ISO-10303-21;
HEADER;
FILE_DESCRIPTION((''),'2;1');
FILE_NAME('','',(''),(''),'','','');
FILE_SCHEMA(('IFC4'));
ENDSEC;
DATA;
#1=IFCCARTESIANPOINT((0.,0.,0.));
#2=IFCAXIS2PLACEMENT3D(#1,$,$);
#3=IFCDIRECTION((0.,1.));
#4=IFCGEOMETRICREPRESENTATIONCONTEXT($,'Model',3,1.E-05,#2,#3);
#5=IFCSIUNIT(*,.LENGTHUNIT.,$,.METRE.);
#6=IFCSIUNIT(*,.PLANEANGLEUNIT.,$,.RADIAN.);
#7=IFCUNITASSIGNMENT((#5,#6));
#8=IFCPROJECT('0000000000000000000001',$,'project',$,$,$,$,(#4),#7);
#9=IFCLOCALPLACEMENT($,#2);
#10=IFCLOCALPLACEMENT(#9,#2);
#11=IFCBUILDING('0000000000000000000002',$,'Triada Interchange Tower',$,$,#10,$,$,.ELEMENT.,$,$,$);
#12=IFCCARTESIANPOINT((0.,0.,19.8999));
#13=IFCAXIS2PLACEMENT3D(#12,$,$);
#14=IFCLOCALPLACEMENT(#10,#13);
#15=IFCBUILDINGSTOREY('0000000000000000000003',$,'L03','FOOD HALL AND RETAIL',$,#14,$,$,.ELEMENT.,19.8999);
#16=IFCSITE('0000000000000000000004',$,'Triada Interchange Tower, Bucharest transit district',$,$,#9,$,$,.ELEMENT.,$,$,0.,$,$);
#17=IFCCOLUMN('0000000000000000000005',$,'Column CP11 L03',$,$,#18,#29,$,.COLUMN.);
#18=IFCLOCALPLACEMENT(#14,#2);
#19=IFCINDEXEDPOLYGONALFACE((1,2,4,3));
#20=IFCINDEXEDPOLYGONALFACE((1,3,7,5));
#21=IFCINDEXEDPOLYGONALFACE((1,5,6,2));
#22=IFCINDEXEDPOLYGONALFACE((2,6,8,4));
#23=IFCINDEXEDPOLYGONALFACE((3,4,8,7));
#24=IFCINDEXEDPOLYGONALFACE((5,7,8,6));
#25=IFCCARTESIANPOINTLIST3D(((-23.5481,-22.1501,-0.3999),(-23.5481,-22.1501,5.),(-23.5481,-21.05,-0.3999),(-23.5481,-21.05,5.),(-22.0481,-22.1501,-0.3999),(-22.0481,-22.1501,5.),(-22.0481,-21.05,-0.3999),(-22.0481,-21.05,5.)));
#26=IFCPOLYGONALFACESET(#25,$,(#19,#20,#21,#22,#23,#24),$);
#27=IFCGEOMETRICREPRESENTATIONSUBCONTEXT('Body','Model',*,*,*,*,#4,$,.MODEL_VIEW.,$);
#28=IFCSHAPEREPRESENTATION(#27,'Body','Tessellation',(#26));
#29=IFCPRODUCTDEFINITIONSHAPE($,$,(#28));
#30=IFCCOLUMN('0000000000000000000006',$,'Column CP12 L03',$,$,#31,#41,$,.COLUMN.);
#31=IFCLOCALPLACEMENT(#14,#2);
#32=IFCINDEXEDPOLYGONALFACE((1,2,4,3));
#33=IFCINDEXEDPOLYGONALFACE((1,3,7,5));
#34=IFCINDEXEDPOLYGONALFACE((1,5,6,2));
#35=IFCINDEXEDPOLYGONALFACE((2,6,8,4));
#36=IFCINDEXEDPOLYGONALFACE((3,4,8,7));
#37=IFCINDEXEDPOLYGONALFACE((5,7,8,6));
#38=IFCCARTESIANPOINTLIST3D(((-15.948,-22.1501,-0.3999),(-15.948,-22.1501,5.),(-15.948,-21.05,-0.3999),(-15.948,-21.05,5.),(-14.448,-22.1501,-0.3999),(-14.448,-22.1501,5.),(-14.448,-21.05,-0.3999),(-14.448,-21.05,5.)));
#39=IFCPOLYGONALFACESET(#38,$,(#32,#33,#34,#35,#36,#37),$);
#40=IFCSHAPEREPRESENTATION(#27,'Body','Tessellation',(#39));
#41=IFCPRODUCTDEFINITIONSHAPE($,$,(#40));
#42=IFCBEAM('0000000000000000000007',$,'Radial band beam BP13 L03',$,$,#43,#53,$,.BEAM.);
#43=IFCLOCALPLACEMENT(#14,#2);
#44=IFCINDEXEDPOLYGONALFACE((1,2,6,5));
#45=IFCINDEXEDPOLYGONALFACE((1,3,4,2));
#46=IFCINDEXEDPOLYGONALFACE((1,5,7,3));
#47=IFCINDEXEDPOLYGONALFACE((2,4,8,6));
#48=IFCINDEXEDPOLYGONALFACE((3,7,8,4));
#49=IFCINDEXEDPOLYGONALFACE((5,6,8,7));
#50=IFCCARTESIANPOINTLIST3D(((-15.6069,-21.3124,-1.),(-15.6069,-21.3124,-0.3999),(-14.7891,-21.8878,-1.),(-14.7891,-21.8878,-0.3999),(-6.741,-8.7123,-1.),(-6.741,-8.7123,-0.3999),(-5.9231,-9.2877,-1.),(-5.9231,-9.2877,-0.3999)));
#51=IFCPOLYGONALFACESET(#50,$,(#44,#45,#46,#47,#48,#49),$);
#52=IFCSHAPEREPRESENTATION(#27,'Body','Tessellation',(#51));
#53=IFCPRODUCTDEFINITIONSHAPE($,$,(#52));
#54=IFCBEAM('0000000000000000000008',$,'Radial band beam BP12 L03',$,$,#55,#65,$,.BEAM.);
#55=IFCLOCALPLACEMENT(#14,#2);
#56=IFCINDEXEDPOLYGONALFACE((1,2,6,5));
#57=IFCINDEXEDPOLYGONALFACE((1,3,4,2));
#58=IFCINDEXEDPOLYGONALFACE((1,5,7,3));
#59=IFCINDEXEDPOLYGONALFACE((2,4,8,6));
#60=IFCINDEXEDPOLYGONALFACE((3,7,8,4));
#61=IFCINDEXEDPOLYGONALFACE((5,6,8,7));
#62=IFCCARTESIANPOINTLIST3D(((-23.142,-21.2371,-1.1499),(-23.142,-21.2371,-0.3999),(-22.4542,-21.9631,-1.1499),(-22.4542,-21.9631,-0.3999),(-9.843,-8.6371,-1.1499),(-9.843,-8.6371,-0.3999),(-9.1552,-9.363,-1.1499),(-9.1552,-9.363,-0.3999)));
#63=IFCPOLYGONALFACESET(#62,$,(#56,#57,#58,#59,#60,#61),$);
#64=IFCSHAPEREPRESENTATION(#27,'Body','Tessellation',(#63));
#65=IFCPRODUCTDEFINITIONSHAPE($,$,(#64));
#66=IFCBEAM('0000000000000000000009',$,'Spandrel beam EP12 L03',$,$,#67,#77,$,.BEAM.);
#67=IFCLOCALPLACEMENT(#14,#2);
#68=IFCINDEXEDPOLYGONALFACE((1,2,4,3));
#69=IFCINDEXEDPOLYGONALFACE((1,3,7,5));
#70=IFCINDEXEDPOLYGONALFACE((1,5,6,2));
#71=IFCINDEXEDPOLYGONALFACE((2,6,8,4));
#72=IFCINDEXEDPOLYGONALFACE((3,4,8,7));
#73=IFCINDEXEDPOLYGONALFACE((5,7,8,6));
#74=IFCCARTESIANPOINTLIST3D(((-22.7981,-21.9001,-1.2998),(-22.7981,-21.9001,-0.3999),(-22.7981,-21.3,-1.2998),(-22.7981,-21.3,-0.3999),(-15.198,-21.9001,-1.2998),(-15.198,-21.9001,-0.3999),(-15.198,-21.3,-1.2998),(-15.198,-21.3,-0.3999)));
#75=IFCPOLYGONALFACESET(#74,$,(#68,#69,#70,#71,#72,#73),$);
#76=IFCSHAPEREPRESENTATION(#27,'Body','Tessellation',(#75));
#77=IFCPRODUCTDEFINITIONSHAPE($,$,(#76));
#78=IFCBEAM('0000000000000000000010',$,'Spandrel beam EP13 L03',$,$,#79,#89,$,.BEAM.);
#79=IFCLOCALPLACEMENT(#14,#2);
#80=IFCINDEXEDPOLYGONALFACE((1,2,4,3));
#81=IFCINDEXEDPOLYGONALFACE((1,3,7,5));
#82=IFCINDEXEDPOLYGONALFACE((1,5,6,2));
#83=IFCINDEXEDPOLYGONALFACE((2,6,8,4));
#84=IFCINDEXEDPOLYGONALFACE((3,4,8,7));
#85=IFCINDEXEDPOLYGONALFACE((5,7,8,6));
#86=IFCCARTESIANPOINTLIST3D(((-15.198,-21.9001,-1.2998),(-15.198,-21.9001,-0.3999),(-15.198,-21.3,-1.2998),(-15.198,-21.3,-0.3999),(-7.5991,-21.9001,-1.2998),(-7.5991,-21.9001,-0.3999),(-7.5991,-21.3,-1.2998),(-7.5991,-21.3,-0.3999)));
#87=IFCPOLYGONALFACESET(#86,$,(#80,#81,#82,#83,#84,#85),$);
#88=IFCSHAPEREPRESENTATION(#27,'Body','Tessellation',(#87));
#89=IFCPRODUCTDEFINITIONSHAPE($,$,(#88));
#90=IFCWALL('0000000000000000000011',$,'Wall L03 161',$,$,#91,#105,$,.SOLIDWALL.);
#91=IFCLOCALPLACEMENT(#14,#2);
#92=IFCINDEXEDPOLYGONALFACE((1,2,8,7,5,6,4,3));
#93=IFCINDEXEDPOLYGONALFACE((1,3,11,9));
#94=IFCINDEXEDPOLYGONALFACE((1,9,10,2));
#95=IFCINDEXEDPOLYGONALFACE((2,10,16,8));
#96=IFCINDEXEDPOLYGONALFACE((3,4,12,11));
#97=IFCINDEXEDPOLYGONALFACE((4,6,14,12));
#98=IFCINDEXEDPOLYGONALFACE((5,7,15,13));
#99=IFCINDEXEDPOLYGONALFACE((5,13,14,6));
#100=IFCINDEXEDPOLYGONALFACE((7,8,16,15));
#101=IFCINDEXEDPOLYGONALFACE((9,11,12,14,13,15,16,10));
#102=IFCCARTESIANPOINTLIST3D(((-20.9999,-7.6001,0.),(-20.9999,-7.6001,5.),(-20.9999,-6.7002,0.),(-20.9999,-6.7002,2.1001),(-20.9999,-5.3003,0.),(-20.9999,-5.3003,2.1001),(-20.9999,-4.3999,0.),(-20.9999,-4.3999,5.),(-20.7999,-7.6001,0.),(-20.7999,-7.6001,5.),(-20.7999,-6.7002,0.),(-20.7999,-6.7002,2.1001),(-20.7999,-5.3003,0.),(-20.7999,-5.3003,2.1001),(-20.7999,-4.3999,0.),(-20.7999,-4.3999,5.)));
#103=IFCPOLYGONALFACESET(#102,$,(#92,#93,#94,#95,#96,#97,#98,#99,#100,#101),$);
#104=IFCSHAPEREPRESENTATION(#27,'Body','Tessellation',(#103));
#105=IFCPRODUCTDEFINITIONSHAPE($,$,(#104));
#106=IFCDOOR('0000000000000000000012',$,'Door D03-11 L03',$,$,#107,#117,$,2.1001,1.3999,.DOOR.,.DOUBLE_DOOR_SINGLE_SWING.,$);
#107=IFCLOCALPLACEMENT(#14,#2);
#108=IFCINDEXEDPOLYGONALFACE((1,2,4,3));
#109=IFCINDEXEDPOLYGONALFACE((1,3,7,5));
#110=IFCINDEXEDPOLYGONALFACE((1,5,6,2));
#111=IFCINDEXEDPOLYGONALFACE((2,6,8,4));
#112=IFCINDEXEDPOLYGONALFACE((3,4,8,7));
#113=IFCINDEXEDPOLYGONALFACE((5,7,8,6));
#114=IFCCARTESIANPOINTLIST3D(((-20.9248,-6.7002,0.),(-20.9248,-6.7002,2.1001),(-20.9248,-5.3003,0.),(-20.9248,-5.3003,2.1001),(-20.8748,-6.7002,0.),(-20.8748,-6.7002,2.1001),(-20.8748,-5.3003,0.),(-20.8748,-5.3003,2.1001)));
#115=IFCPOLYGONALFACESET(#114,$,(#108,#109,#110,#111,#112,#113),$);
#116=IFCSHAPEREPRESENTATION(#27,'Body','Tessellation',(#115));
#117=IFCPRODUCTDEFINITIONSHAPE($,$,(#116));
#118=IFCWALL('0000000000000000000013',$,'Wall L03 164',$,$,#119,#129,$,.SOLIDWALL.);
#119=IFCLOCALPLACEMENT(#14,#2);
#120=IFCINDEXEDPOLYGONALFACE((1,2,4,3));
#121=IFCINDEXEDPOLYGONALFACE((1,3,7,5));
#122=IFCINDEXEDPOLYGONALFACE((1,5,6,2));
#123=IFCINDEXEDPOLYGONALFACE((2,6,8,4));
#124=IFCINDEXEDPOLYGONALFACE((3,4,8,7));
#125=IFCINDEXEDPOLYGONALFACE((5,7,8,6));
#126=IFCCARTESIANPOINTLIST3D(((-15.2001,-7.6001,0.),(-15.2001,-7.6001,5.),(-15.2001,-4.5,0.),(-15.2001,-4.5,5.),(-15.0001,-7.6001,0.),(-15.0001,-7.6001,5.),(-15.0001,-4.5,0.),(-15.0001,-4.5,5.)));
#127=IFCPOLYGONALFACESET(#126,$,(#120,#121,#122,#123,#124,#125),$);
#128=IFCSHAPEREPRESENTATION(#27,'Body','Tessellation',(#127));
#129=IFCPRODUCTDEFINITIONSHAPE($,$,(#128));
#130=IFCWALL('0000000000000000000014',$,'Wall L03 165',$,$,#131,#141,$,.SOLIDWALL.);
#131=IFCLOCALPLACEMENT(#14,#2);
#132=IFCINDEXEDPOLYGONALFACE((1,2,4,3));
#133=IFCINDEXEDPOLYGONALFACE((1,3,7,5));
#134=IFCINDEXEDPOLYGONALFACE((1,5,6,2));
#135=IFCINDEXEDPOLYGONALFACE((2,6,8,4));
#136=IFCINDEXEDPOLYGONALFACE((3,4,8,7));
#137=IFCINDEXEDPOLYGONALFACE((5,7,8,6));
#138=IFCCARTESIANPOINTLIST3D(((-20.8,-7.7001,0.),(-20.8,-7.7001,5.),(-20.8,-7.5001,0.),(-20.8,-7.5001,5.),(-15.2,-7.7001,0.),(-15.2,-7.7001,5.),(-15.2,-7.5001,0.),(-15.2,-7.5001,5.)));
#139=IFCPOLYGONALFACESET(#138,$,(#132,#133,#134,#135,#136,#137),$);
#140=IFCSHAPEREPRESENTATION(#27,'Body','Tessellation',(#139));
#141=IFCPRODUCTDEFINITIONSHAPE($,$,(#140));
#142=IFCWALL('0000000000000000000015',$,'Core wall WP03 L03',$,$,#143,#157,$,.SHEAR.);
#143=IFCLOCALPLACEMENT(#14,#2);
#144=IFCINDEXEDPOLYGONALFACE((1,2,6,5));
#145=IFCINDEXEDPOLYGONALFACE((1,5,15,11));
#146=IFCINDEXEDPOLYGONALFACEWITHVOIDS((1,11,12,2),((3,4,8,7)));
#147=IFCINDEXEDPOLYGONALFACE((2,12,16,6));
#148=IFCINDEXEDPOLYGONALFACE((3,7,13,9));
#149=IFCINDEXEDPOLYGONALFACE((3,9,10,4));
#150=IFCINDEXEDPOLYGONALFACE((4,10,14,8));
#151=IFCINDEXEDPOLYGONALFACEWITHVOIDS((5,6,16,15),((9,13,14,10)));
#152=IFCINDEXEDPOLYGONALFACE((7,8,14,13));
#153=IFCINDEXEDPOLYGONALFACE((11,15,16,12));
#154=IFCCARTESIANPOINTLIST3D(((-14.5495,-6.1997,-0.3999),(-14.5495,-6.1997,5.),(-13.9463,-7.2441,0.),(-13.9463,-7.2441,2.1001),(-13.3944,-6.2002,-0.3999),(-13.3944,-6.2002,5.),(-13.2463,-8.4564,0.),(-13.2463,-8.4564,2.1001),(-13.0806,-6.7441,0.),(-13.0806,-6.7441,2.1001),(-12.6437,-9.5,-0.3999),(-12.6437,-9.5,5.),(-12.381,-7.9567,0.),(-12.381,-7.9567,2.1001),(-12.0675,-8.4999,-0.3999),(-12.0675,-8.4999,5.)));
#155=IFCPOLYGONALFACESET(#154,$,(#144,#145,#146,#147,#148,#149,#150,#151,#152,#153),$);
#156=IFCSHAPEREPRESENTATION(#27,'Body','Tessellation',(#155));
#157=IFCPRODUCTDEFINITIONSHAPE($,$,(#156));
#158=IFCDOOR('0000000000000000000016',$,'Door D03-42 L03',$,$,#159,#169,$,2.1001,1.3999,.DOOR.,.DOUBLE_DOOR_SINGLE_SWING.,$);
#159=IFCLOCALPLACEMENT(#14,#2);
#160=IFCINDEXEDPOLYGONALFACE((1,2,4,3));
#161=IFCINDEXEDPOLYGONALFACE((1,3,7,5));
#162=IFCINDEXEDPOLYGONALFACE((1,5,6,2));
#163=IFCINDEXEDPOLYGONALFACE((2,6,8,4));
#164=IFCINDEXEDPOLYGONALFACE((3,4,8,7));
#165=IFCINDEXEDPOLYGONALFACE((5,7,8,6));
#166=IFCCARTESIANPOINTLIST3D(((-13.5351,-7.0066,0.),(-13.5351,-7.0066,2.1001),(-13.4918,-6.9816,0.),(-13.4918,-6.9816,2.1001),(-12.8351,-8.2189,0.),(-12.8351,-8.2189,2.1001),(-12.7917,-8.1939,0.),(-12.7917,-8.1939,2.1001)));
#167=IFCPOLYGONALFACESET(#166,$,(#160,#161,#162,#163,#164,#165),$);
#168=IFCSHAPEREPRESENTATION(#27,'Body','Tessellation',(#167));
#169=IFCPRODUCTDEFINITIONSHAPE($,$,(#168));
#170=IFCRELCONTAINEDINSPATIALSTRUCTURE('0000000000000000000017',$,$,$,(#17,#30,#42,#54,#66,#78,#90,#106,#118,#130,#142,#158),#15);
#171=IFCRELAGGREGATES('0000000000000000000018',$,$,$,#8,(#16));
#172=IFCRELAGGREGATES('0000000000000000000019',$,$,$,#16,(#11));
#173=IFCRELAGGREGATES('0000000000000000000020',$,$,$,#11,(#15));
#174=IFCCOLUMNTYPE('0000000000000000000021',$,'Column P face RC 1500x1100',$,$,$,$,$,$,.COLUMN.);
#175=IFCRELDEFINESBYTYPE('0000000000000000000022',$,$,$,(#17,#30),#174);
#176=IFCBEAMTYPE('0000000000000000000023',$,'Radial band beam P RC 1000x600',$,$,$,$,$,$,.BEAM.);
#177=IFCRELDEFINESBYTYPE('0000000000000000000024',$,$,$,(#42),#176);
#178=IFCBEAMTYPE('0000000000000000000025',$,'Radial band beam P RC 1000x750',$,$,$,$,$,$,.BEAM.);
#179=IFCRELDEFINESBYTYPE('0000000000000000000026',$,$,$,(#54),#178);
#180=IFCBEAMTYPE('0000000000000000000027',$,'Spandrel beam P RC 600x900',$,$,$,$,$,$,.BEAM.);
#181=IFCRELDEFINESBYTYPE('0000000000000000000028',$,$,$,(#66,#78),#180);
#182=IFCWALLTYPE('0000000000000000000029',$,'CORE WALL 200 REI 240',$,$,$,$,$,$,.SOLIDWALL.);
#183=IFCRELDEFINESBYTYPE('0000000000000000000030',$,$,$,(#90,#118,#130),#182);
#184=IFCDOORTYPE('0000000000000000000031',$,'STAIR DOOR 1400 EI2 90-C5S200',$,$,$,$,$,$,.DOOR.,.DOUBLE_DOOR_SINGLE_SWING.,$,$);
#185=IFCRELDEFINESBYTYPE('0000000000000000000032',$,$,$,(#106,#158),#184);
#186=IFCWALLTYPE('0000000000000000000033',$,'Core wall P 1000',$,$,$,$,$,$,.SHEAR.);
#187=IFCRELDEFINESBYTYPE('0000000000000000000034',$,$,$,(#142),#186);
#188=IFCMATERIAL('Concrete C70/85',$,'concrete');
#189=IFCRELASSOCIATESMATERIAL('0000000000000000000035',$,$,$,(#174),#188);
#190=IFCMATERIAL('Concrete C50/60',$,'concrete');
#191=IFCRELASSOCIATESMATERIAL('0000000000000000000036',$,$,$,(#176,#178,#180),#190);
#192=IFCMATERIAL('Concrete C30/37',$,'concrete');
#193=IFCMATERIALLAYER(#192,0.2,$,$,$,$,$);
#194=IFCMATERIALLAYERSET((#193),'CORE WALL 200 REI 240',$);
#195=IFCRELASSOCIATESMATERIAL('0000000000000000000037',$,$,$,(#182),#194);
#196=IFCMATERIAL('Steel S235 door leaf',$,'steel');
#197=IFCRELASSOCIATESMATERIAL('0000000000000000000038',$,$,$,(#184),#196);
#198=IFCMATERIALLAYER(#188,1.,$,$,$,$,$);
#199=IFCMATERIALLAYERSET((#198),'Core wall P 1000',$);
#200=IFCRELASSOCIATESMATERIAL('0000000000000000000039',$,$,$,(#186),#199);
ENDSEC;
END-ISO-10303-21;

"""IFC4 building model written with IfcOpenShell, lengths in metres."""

from ifc_helpers import new_model, si_unit, direction, frame, frame_2d, origin, origin_2d, place, context, subcontext, project, spatial, polyline, rectangle, outline, extrude, material, layer, layer_set, material_profile, profile_set, type_object, element, fill, save


model = new_model("IFC4")

# Units and contexts
model_context = context("Model", 3, precision=1e-05, world=origin(), true_north=direction((0.0, 1.0)))
body_context = subcontext(model_context, "Body", "Model", "MODEL_VIEW")
ifc_project = project(units=[si_unit("LENGTHUNIT", "METRE"), si_unit("PLANEANGLEUNIT", "RADIAN")], contexts=[model_context])

# Site, building, storey
site_placement = place(None, origin())
site = spatial("IfcSite", under=ifc_project, at=site_placement, Name="Triada Interchange Tower, Bucharest transit district", CompositionType="ELEMENT", RefElevation=0.0)
building_placement = place(site_placement, origin())
building = spatial("IfcBuilding", under=site, at=building_placement, Name="Triada Interchange Tower", CompositionType="ELEMENT")
storey_placement = place(building_placement, frame((0.0, 0.0, 19.8999)))
storey = spatial("IfcBuildingStorey", under=building, at=storey_placement, Name="L03", Description="FOOD HALL AND RETAIL", CompositionType="ELEMENT", Elevation=19.8999)

# Columns
ifc_material_1 = material(Name="Concrete C70/85", Category="concrete")
ifc_material_profile_1 = material_profile(ifc_material_1, rectangle(XDim=1.5, YDim=1.1001, at=origin_2d()), Name="RC 1500x1100")
ifc_profile_set_1 = profile_set([ifc_material_profile_1], Name="Concrete C70/85")
column_type = type_object("IfcColumnType", Name="Column P face RC 1500x1100", PredefinedType="COLUMN", material=ifc_profile_set_1)
for number, where, z_axis, x_axis, name in (
    (1, (-22.7981, -21.6001, -0.3999), (0.0, 0.0, 1.0), (1.0, 0.0, 0.0), "Column CP11 L03"),
    (2, (-15.198, -21.6001, -0.3999), (0.0, 0.0, 1.0), (1.0, 0.0, 0.0), "Column CP12 L03"),
):
    element("IfcColumn", number, at=place(storey_placement, frame(where, z_axis=z_axis, x_axis=x_axis)), inside=storey, type_object=column_type, Name=name, PredefinedType="COLUMN", context=body_context, shape_type="SweptSolid", body=[
        extrude(rectangle(XDim=1.5, YDim=1.1001, at=origin_2d()), origin(), (0.0, 0.0, 1.0), 5.3999),
    ])

# Beams
ifc_material_2 = material(Name="Concrete C50/60", Category="concrete")
ifc_material_profile_2 = material_profile(ifc_material_2, rectangle(XDim=1.0, YDim=0.6001, at=origin_2d()), Name="RC 1000x600")
ifc_profile_set_2 = profile_set([ifc_material_profile_2], Name="Concrete C50/60")
beam_type_1 = type_object("IfcBeamType", Name="Radial band beam P RC 1000x600", PredefinedType="BEAM", material=ifc_profile_set_2)
beam_1_placement = place(storey_placement, frame((-15.198, -21.6001, -0.7), z_axis=(0.57546, 0.81783, 0.0), x_axis=(-0.81783, 0.57546, 0.0)))
element("IfcBeam", 3, at=beam_1_placement, inside=storey, type_object=beam_type_1, Name="Radial band beam BP13 L03", PredefinedType="BEAM", context=body_context, shape_type="SweptSolid", body=[
    extrude(rectangle(XDim=1.0, YDim=0.6001, at=origin_2d()), origin(), (0.0, 0.0, 1.0), 15.4067),
])
ifc_material_profile_3 = material_profile(ifc_material_2, rectangle(XDim=1.0, YDim=0.75, at=origin_2d()), Name="RC 1000x750")
ifc_profile_set_3 = profile_set([ifc_material_profile_3], Name="Concrete C50/60")
beam_type_2 = type_object("IfcBeamType", Name="Radial band beam P RC 1000x750", PredefinedType="BEAM", material=ifc_profile_set_3)
beam_2_placement = place(storey_placement, frame((-22.7981, -21.6001, -0.7749), z_axis=(0.725926, 0.687773, 0.0), x_axis=(-0.687773, 0.725926, 0.0)))
element("IfcBeam", 4, at=beam_2_placement, inside=storey, type_object=beam_type_2, Name="Radial band beam BP12 L03", PredefinedType="BEAM", context=body_context, shape_type="SweptSolid", body=[
    extrude(rectangle(XDim=1.0, YDim=0.75, at=origin_2d()), origin(), (0.0, 0.0, 1.0), 18.3201),
])
ifc_material_profile_4 = material_profile(ifc_material_2, rectangle(XDim=0.6001, YDim=0.8999, at=origin_2d()), Name="RC 600x900")
ifc_profile_set_4 = profile_set([ifc_material_profile_4], Name="Concrete C50/60")
beam_type_3 = type_object("IfcBeamType", Name="Spandrel beam P RC 600x900", PredefinedType="BEAM", material=ifc_profile_set_4)
beam_3_placement = place(storey_placement, frame((-22.7981, -21.6001, -0.8499), z_axis=(1.0, 0.0, 0.0), x_axis=(0.0, 1.0, 0.0)))
element("IfcBeam", 5, at=beam_3_placement, inside=storey, type_object=beam_type_3, Name="Spandrel beam EP12 L03", PredefinedType="BEAM", context=body_context, shape_type="SweptSolid", body=[
    extrude(rectangle(XDim=0.6001, YDim=0.8999, at=origin_2d()), origin(), (0.0, 0.0, 1.0), 7.6001),
])
beam_4_placement = place(storey_placement, frame((-15.198, -21.6001, -0.8499), z_axis=(1.0, 0.0, 0.0), x_axis=(0.0, 1.0, 0.0)))
element("IfcBeam", 6, at=beam_4_placement, inside=storey, type_object=beam_type_3, Name="Spandrel beam EP13 L03", PredefinedType="BEAM", context=body_context, shape_type="SweptSolid", body=[
    extrude(rectangle(XDim=0.6001, YDim=0.8999, at=origin_2d()), origin(), (0.0, 0.0, 1.0), 7.5989),
])

# Wall, opening, door
ifc_material_3 = material(Name="Concrete C30/37", Category="concrete")
ifc_layer_1 = layer(ifc_material_3, 0.2)
ifc_layer_set_1 = layer_set([ifc_layer_1], Name="CORE WALL 200 REI 240")
wall_type_1 = type_object("IfcWallType", Name="CORE WALL 200 REI 240", PredefinedType="SOLIDWALL", material=ifc_layer_set_1)
wall_1_placement = place(storey_placement, frame((-20.8999, -7.6001, 0.0), z_axis=(0.0, 0.0, 1.0), x_axis=(0.0, 1.0, 0.0)))
wall_1 = element("IfcWall", 7, at=wall_1_placement, inside=storey, type_object=wall_type_1, Name="Wall L03 161", PredefinedType="SOLIDWALL", context=body_context, shape_type="SweptSolid", body=[
    extrude(rectangle(XDim=3.2002, YDim=0.2, at=frame_2d((1.6001, 0.0))), origin(), (0.0, 0.0, 1.0), 5.0),
])
opening_1_placement = place(wall_1_placement, frame((0.8999, 0.0, 0.0)))
opening_1 = element("IfcOpeningElement", 8, at=opening_1_placement, cuts=wall_1, PredefinedType="OPENING", context=body_context, shape_type="SweptSolid", body=[
    extrude(rectangle(XDim=1.3999, YDim=2.1001, at=frame_2d((0.7, 1.05))), frame((0.0, 0.1099, 0.0), z_axis=(0.0, -1.0, 0.0), x_axis=(1.0, 0.0, 0.0)), (0.0, 0.0, 1.0), 0.22),
])
ifc_material_4 = material(Name="Steel S235 door leaf", Category="steel")
door_type = type_object("IfcDoorType", Name="STAIR DOOR 1400 EI2 90-C5S200", OperationType="DOUBLE_DOOR_SINGLE_SWING", PredefinedType="DOOR", material=ifc_material_4)
door_1_placement = place(opening_1_placement, origin())
door_1 = element("IfcDoor", 9, at=door_1_placement, inside=storey, type_object=door_type, Name="Door D03-11 L03", OperationType="DOUBLE_DOOR_SINGLE_SWING", OverallHeight=2.1001, OverallWidth=1.3999, PredefinedType="DOOR", context=body_context, shape_type="SweptSolid", body=[
    extrude(rectangle(XDim=1.3999, YDim=2.1001, at=frame_2d((0.7, 1.05))), frame((0.0, 0.0249, 0.0), z_axis=(0.0, -1.0, 0.0), x_axis=(1.0, 0.0, 0.0)), (0.0, 0.0, 1.0), 0.05),
])
fill(opening_1, door_1)

# Walls
wall_2_placement = place(storey_placement, frame((-15.1001, -7.6001, 0.0), z_axis=(0.0, 0.0, 1.0), x_axis=(0.0, 1.0, 0.0)))
element("IfcWall", 10, at=wall_2_placement, inside=storey, type_object=wall_type_1, Name="Wall L03 164", PredefinedType="SOLIDWALL", context=body_context, shape_type="SweptSolid", body=[
    extrude(rectangle(XDim=3.1001, YDim=0.2, at=frame_2d((1.55, 0.0))), origin(), (0.0, 0.0, 1.0), 5.0),
])
wall_3_placement = place(storey_placement, frame((-20.8, -7.6001, 0.0), z_axis=(0.0, 0.0, 1.0), x_axis=(1.0, 0.0, 0.0)))
element("IfcWall", 11, at=wall_3_placement, inside=storey, type_object=wall_type_1, Name="Wall L03 165", PredefinedType="SOLIDWALL", context=body_context, shape_type="SweptSolid", body=[
    extrude(rectangle(XDim=5.6001, YDim=0.2, at=frame_2d((2.8, 0.0))), origin(), (0.0, 0.0, 1.0), 5.0),
])

# Wall, opening, door
ifc_layer_2 = layer(ifc_material_1, 1.0)
ifc_layer_set_2 = layer_set([ifc_layer_2], Name="Core wall P 1000")
wall_type_2 = type_object("IfcWallType", Name="Core wall P 1000", PredefinedType="SHEAR", material=ifc_layer_set_2)
wall_4_placement = place(storey_placement, frame((-13.9719, -6.2, -0.3999), z_axis=(0.0, 0.0, 1.0), x_axis=(0.500078, -0.865981, 0.0)))
wall_4 = element("IfcWall", 12, at=wall_4_placement, inside=storey, type_object=wall_type_2, Name="Core wall WP03 L03", PredefinedType="SHEAR", context=body_context, shape_type="SweptSolid", body=[
    extrude(outline(polyline([(-0.2891, -0.5), (1.6165, -0.5), (3.522, -0.5), (2.9441, 0.499), (1.6167, 0.4995), (0.2891, 0.5), (-0.2891, -0.5)])), origin(), (0.0, 0.0, 1.0), 5.3999),
])
opening_2_placement = place(wall_4_placement, frame((0.917, 0.0, 0.3999)))
opening_2 = element("IfcOpeningElement", 13, at=opening_2_placement, cuts=wall_4, PredefinedType="OPENING", context=body_context, shape_type="SweptSolid", body=[
    extrude(rectangle(XDim=1.3999, YDim=2.1001, at=frame_2d((0.7, 1.05))), frame((0.0, 0.51, 0.0), z_axis=(0.0, -1.0, 0.0), x_axis=(1.0, 0.0, 0.0)), (0.0, 0.0, 1.0), 1.02),
])
door_2_placement = place(opening_2_placement, origin())
door_2 = element("IfcDoor", 14, at=door_2_placement, inside=storey, type_object=door_type, Name="Door D03-42 L03", OperationType="DOUBLE_DOOR_SINGLE_SWING", OverallHeight=2.1001, OverallWidth=1.3999, PredefinedType="DOOR", context=body_context, shape_type="SweptSolid", body=[
    extrude(rectangle(XDim=1.3999, YDim=2.1001, at=frame_2d((0.7, 1.05))), frame((0.0, 0.0249, 0.0), z_axis=(0.0, -1.0, 0.0), x_axis=(1.0, 0.0, 0.0)), (0.0, 0.0, 1.0), 0.05),
])
fill(opening_2, door_2)

save(model, "model.ifc")
